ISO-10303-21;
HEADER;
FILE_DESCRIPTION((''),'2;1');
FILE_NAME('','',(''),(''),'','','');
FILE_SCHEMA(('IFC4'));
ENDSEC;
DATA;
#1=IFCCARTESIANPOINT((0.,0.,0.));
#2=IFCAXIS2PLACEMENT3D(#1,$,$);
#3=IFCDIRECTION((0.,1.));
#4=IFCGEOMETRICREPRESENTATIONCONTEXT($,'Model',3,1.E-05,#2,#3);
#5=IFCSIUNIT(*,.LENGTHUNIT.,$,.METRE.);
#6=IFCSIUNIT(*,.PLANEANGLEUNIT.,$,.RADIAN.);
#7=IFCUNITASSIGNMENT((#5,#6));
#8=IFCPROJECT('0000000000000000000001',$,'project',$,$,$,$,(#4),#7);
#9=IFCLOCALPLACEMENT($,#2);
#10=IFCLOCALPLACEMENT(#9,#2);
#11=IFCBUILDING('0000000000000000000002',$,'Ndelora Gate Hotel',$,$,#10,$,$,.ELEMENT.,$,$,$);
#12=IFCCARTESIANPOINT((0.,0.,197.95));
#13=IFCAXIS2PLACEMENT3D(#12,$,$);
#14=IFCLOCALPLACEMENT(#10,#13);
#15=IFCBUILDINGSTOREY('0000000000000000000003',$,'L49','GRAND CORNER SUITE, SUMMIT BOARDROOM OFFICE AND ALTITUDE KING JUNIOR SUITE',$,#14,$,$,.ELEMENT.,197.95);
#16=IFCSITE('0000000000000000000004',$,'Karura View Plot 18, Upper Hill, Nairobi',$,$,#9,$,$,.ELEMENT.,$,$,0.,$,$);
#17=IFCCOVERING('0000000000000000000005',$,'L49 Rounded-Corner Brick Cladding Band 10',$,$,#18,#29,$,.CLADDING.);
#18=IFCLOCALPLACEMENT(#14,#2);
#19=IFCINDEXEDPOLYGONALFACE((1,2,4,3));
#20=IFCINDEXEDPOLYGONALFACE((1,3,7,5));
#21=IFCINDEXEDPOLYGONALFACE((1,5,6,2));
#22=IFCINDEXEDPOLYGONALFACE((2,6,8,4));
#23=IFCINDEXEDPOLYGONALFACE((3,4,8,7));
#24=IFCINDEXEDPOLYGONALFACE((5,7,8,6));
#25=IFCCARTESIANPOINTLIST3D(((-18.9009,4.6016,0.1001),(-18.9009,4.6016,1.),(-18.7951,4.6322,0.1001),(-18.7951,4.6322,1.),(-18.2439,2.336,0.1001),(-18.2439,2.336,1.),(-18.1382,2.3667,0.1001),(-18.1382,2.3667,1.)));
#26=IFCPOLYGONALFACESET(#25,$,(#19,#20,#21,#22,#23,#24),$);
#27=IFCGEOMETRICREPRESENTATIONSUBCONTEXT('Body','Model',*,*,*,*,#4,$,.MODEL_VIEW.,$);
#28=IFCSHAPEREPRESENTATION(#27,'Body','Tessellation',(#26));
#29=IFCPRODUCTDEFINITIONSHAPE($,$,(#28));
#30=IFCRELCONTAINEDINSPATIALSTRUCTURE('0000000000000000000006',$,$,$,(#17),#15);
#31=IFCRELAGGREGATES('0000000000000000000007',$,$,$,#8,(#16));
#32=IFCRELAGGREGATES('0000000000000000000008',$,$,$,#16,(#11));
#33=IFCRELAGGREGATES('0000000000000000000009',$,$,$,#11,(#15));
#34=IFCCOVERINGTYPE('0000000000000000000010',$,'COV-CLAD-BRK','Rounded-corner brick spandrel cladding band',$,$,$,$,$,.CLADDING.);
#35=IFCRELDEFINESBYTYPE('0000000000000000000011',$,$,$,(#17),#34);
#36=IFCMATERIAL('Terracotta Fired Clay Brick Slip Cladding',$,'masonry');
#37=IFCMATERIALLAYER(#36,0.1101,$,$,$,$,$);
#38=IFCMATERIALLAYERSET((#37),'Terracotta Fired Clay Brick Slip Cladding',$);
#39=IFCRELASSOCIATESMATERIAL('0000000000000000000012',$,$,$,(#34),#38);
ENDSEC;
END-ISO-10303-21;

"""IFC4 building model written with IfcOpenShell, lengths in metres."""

from ifc_helpers import new_model, si_unit, direction, frame, origin, origin_2d, place, context, subcontext, project, spatial, rectangle, extrude, material, layer, layer_set, type_object, element, save


model = new_model("IFC4")

# Units and contexts
model_context = context("Model", 3, precision=1e-05, world=origin(), true_north=direction((0.0, 1.0)))
body_context = subcontext(model_context, "Body", "Model", "MODEL_VIEW")
ifc_project = project(units=[si_unit("LENGTHUNIT", "METRE"), si_unit("PLANEANGLEUNIT", "RADIAN")], contexts=[model_context])

# Site, building, storey
site_placement = place(None, origin())
site = spatial("IfcSite", under=ifc_project, at=site_placement, Name="Karura View Plot 18, Upper Hill, Nairobi", CompositionType="ELEMENT", RefElevation=0.0)
building_placement = place(site_placement, origin())
building = spatial("IfcBuilding", under=site, at=building_placement, Name="Ndelora Gate Hotel", CompositionType="ELEMENT")
storey_placement = place(building_placement, frame((0.0, 0.0, 197.95)))
storey = spatial("IfcBuildingStorey", under=building, at=storey_placement, Name="L49", Description="GRAND CORNER SUITE, SUMMIT BOARDROOM OFFICE AND ALTITUDE KING JUNIOR SUITE", CompositionType="ELEMENT", Elevation=197.95)

# Covering
ifc_material_1 = material(Name="Terracotta Fired Clay Brick Slip Cladding", Category="masonry")
ifc_layer_1 = layer(ifc_material_1, 0.1101)
ifc_layer_set_1 = layer_set([ifc_layer_1], Name="Terracotta Fired Clay Brick Slip Cladding")
covering_type = type_object("IfcCoveringType", Name="COV-CLAD-BRK", Description="Rounded-corner brick spandrel cladding band", PredefinedType="CLADDING", material=ifc_layer_set_1)
covering_placement = place(storey_placement, frame((-18.5195, 3.4841, 0.1001), z_axis=(0.0, 0.0, 1.0), x_axis=(-0.278488, 0.96044, 0.0)))
element("IfcCovering", 1, at=covering_placement, inside=storey, type_object=covering_type, Name="L49 Rounded-Corner Brick Cladding Band 10", PredefinedType="CLADDING", context=body_context, shape_type="SweptSolid", body=[
    extrude(rectangle(XDim=2.3589, YDim=0.1101, at=origin_2d()), origin(), (0.0, 0.0, 1.0), 0.8999),
])

save(model, "model.ifc")
